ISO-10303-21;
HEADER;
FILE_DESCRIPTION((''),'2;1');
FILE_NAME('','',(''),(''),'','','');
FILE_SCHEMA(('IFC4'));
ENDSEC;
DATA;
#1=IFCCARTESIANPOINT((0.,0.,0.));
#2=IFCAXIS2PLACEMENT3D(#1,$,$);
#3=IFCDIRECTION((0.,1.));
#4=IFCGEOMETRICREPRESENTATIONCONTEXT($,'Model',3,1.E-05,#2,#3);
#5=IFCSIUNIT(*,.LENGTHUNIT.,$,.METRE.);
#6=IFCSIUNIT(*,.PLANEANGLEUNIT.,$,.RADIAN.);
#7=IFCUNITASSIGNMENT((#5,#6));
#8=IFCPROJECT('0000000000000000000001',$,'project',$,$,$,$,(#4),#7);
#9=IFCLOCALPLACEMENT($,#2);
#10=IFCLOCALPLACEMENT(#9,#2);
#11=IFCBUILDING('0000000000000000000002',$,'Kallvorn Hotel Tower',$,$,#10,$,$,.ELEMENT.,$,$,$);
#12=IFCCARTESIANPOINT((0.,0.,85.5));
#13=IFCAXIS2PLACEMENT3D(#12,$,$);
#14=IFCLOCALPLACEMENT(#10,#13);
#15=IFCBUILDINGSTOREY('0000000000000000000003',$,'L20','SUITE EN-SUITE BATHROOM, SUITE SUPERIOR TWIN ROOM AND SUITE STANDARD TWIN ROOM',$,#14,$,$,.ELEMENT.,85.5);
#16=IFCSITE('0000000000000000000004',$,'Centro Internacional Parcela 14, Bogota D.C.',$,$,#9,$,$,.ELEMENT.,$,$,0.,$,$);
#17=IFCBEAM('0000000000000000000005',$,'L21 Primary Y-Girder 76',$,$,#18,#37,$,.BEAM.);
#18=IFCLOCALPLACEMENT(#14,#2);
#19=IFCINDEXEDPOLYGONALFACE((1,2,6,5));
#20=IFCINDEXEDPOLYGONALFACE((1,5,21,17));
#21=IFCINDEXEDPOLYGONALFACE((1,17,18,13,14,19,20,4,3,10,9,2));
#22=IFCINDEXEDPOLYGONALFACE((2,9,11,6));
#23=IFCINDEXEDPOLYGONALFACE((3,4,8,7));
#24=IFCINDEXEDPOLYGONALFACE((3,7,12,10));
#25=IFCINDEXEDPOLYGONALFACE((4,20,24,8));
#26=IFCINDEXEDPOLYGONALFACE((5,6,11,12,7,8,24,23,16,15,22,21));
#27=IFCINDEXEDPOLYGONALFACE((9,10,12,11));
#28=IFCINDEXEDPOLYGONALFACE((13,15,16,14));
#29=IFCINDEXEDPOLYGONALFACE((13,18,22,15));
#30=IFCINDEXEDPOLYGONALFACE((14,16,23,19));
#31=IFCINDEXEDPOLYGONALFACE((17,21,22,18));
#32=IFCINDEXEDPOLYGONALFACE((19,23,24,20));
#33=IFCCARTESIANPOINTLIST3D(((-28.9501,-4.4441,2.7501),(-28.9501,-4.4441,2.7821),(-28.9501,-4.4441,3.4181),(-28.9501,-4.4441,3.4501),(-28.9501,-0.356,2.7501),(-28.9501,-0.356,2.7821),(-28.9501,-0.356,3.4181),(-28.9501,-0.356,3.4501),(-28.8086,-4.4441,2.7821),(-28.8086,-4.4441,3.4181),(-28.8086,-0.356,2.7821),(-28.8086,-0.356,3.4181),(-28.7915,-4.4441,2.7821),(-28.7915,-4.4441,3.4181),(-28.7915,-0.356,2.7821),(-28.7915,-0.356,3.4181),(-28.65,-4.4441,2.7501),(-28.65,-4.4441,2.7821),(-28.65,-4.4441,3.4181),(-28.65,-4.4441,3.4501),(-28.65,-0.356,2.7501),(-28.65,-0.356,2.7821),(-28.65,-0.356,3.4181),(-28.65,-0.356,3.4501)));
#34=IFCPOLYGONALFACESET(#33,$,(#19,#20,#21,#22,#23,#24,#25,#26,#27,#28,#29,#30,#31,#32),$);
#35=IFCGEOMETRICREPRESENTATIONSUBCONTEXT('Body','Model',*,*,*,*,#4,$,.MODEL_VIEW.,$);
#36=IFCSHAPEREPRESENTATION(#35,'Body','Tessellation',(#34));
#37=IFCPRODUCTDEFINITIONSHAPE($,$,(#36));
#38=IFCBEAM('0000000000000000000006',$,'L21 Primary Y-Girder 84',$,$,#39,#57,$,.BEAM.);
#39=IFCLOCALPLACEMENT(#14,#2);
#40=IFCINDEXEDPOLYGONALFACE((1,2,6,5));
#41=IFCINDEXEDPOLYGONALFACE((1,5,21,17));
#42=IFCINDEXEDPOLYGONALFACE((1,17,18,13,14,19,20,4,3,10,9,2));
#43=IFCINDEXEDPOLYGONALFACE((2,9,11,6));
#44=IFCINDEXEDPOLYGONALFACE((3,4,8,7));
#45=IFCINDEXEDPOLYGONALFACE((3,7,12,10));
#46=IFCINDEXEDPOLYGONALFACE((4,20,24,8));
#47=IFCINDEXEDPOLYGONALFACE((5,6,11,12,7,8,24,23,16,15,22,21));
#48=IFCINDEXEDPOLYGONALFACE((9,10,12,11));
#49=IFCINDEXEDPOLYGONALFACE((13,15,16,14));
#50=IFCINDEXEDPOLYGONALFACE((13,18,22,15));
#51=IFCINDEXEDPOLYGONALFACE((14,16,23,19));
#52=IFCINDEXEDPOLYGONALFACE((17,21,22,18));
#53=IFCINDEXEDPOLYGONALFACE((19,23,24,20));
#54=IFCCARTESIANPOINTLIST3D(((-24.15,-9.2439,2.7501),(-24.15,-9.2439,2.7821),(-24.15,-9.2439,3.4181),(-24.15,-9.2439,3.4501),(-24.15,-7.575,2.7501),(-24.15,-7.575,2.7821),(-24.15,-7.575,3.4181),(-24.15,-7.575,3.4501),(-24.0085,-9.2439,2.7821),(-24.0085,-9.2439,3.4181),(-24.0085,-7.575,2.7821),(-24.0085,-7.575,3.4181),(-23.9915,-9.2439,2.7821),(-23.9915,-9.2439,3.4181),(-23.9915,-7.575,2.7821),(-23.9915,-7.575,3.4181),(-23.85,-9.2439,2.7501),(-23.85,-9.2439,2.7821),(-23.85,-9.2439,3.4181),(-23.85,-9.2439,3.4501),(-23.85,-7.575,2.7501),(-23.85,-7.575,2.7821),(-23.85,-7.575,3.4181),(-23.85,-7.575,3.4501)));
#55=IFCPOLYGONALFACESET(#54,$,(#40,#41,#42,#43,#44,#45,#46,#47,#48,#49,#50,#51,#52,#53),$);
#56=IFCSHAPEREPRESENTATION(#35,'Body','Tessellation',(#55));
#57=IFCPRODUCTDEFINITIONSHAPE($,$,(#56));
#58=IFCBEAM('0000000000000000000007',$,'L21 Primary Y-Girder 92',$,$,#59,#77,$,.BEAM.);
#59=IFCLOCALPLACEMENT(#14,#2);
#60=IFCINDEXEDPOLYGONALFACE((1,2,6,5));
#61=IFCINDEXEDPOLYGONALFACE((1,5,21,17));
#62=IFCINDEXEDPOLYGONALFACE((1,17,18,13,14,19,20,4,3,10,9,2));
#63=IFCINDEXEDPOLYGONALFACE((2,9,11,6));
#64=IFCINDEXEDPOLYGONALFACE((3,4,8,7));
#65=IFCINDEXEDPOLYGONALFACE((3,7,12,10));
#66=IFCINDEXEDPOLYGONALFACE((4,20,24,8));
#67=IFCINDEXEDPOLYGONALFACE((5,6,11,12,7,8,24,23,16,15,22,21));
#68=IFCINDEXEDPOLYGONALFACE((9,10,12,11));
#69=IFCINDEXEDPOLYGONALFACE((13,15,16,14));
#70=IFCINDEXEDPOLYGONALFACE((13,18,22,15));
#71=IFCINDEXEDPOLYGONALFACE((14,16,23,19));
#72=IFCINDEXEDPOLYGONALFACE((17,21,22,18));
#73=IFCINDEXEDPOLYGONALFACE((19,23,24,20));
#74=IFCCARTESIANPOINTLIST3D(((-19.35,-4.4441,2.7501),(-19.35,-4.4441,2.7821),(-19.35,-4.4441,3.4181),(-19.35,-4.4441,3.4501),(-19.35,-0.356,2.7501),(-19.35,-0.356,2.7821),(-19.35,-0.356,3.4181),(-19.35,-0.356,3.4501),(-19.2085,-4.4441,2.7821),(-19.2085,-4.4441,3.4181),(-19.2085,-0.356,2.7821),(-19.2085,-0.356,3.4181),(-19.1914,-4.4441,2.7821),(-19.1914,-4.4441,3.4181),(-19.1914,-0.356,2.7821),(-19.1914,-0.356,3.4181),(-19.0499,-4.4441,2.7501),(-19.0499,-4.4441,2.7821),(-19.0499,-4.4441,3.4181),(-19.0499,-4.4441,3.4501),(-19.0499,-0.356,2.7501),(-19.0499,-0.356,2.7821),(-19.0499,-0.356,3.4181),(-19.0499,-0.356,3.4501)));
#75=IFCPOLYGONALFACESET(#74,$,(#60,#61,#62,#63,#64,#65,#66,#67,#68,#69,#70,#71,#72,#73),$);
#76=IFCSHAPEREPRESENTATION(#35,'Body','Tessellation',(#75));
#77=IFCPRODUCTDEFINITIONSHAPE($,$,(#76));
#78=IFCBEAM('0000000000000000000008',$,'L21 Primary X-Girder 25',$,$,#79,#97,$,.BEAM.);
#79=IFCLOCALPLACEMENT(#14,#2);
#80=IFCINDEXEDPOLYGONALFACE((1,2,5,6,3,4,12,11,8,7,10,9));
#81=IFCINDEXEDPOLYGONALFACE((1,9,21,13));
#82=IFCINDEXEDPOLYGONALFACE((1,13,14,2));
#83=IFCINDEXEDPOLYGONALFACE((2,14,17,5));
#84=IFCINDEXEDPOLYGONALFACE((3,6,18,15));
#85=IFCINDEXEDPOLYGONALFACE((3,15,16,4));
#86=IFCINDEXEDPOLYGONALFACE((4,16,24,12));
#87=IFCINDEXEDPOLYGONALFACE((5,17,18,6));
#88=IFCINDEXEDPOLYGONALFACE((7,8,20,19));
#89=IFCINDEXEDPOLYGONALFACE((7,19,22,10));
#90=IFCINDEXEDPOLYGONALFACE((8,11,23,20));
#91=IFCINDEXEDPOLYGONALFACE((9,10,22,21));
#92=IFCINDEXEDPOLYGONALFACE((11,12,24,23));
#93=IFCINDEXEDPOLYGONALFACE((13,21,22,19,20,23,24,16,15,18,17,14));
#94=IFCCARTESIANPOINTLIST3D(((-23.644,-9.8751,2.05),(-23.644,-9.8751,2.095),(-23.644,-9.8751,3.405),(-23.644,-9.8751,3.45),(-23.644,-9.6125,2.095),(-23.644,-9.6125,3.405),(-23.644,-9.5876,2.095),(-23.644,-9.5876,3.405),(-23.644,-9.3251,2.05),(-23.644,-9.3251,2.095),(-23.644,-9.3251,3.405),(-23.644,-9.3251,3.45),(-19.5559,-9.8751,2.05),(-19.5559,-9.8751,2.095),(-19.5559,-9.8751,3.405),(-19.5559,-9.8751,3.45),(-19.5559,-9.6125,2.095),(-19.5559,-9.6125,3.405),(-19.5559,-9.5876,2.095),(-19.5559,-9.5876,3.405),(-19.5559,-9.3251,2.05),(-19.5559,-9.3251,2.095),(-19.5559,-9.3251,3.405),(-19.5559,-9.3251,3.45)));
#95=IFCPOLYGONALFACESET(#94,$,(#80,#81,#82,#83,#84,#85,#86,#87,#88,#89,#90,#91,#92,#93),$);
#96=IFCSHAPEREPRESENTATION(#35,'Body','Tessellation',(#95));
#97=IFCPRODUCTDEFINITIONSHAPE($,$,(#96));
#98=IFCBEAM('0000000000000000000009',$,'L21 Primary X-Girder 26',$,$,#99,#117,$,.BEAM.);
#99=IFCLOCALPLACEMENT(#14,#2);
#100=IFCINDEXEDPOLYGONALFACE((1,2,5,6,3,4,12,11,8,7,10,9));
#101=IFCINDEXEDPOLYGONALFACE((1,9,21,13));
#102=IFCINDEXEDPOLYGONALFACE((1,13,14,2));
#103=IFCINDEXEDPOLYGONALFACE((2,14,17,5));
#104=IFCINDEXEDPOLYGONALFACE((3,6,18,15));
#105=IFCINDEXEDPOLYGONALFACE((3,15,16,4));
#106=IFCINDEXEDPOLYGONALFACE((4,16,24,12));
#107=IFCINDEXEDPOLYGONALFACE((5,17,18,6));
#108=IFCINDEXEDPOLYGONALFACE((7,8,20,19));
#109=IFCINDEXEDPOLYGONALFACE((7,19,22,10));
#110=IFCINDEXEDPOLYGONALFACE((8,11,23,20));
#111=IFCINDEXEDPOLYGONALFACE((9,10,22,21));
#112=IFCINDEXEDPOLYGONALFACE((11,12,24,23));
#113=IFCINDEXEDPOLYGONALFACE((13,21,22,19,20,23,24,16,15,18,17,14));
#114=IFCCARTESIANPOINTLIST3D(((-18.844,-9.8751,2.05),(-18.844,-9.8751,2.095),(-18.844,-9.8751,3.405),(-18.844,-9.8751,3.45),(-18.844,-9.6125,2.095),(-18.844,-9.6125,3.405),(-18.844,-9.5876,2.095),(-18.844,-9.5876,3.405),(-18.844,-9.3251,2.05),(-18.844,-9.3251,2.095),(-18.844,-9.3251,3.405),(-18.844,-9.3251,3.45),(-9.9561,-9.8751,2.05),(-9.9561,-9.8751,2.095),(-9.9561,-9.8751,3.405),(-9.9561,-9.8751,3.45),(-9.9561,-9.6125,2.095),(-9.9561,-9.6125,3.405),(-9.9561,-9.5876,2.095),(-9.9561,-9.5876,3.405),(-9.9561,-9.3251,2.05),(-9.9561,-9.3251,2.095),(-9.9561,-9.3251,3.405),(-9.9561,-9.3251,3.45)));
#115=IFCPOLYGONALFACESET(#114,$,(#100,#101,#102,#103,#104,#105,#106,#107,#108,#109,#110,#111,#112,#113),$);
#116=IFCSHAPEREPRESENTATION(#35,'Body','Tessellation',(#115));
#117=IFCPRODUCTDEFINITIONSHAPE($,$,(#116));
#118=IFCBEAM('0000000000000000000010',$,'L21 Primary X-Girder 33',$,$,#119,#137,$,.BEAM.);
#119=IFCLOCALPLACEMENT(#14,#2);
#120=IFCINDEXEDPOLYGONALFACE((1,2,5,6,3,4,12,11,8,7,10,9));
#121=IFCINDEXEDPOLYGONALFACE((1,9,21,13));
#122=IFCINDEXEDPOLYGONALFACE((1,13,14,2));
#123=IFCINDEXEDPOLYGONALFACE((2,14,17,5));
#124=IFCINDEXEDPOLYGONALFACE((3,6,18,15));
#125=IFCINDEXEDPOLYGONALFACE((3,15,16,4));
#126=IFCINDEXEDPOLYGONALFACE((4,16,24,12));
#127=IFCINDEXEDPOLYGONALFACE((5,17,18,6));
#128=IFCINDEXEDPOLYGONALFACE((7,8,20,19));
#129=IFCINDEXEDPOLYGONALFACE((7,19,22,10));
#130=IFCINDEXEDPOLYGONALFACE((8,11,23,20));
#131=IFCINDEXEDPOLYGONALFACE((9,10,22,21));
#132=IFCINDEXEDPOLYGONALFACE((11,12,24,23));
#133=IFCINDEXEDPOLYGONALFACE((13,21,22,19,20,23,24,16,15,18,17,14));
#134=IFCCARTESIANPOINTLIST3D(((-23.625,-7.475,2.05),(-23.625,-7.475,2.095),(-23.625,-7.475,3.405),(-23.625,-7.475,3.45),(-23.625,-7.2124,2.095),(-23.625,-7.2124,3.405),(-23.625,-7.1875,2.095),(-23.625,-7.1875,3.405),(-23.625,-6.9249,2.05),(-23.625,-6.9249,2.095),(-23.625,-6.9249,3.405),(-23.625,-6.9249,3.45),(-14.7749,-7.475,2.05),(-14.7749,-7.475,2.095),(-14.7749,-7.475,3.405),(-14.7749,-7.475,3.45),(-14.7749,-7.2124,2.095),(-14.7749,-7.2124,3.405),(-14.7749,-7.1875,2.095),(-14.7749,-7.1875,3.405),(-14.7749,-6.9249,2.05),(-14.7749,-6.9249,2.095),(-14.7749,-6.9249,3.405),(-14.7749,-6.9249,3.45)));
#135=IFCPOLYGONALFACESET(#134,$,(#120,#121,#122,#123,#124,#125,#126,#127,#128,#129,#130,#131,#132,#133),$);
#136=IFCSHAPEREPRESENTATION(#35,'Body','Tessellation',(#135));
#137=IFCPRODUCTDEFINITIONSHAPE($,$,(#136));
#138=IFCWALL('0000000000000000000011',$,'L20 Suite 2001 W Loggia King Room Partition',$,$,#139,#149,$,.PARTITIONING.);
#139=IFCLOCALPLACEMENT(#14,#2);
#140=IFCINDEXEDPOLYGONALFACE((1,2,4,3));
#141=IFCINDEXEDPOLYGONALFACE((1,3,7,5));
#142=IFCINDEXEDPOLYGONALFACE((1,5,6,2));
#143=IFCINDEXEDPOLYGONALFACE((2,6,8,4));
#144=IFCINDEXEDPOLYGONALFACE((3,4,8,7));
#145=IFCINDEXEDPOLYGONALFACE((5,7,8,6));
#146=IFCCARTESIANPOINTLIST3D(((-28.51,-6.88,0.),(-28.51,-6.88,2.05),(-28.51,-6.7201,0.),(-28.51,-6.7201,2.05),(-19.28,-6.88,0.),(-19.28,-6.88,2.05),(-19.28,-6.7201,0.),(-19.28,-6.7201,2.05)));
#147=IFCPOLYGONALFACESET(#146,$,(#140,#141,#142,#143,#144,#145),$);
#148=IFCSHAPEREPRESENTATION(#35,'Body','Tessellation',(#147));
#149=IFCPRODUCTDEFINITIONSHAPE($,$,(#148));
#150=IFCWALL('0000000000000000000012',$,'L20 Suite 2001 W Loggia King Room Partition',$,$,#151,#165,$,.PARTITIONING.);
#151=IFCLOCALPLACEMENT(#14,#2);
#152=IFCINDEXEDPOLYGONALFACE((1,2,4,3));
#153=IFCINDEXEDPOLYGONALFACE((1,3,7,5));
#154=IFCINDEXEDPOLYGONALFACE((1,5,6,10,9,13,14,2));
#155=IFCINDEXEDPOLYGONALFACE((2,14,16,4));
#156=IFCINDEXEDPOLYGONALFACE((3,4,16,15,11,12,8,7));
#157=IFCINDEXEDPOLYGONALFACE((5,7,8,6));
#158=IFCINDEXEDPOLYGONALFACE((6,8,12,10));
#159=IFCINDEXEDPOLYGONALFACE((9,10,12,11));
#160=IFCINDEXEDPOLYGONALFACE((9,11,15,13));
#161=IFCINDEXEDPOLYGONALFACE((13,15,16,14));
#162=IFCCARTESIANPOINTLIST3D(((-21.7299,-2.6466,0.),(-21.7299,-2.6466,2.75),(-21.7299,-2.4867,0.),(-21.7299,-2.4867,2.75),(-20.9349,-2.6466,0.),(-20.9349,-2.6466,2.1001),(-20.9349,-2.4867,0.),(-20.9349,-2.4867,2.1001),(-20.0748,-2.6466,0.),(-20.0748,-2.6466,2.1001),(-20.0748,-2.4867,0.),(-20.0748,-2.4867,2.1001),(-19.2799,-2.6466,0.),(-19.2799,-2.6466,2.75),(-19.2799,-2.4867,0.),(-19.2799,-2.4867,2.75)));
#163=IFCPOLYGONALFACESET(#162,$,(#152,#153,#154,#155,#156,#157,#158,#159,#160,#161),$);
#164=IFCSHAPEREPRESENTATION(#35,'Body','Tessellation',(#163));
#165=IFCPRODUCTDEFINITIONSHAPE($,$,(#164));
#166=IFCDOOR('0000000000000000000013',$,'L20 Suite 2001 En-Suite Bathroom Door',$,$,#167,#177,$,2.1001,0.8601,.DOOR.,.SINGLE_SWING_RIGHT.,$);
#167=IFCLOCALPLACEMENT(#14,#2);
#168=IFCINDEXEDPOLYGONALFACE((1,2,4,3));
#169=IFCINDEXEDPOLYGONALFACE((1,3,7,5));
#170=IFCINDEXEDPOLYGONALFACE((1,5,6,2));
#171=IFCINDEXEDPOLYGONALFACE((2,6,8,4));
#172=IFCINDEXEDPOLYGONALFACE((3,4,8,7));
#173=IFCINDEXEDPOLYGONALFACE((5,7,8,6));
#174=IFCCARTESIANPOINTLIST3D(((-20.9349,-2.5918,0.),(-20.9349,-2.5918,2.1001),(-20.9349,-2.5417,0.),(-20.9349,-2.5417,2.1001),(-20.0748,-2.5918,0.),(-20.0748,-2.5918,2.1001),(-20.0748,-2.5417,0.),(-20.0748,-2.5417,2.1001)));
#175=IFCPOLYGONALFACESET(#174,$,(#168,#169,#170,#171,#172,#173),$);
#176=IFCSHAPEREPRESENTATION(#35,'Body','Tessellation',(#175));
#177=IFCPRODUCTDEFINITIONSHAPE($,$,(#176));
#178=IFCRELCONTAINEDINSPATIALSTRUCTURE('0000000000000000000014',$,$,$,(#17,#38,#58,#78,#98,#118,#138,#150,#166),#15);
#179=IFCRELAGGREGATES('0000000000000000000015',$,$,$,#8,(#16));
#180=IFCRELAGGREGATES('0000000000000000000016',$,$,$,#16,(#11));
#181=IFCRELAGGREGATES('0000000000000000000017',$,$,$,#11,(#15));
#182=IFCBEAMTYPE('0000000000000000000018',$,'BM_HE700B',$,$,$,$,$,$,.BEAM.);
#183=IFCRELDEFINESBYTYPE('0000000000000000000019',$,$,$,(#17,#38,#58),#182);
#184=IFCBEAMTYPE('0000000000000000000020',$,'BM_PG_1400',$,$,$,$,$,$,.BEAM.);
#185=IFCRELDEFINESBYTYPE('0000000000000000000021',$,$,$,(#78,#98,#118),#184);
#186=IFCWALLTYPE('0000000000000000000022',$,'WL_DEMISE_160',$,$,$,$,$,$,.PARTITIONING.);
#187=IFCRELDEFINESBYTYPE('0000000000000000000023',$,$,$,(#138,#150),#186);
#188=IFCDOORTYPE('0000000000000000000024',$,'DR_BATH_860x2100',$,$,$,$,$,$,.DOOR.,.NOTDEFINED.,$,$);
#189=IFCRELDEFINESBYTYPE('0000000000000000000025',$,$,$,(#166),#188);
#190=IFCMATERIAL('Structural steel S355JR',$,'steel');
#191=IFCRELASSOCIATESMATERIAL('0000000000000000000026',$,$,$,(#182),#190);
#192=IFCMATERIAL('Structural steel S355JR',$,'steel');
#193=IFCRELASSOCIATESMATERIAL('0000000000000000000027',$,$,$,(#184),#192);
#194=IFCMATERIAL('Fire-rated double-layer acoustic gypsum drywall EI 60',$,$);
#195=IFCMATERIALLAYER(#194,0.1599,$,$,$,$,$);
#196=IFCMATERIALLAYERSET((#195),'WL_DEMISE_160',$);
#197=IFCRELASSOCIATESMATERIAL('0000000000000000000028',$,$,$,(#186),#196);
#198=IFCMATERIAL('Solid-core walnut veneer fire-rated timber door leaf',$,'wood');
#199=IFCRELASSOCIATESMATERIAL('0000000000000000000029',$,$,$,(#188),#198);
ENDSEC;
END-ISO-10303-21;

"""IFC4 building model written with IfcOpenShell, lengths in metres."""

from ifc_helpers import new_model, si_unit, direction, frame, frame_2d, origin, origin_2d, place, context, subcontext, project, spatial, rectangle, i_section, extrude, material, layer, layer_set, material_profile, profile_set, type_object, element, fill, save


model = new_model("IFC4")

# Units and contexts
model_context = context("Model", 3, precision=1e-05, world=origin(), true_north=direction((0.0, 1.0)))
body_context = subcontext(model_context, "Body", "Model", "MODEL_VIEW")
ifc_project = project(units=[si_unit("LENGTHUNIT", "METRE"), si_unit("PLANEANGLEUNIT", "RADIAN")], contexts=[model_context])

# Site, building, storey
site_placement = place(None, origin())
site = spatial("IfcSite", under=ifc_project, at=site_placement, Name="Centro Internacional Parcela 14, Bogota D.C.", CompositionType="ELEMENT", RefElevation=0.0)
building_placement = place(site_placement, origin())
building = spatial("IfcBuilding", under=site, at=building_placement, Name="Kallvorn Hotel Tower", CompositionType="ELEMENT")
storey_placement = place(building_placement, frame((0.0, 0.0, 85.5)))
storey = spatial("IfcBuildingStorey", under=building, at=storey_placement, Name="L20", Description="SUITE EN-SUITE BATHROOM, SUITE SUPERIOR TWIN ROOM AND SUITE STANDARD TWIN ROOM", CompositionType="ELEMENT", Elevation=85.5)

# Beams
ifc_material_1 = material(Name="Structural steel S355JR", Category="steel")
ifc_material_profile_1 = material_profile(ifc_material_1, i_section(OverallWidth=0.3, OverallDepth=0.7, WebThickness=0.0171, FlangeThickness=0.032, at=origin_2d()), Name="HE 700 B")
ifc_profile_set_1 = profile_set([ifc_material_profile_1], Name="Structural steel S355JR")
beam_type_1 = type_object("IfcBeamType", Name="BM_HE700B", PredefinedType="BEAM", material=ifc_profile_set_1)
beam_1_placement = place(storey_placement, frame((-28.8, -4.4441, 3.1001), z_axis=(0.0, 1.0, 0.0), x_axis=(-1.0, 0.0, 0.0)))
element("IfcBeam", 1, at=beam_1_placement, inside=storey, type_object=beam_type_1, Name="L21 Primary Y-Girder 76", PredefinedType="BEAM", context=body_context, shape_type="SweptSolid", body=[
    extrude(i_section(OverallWidth=0.3, OverallDepth=0.7, WebThickness=0.0171, FlangeThickness=0.032, at=origin_2d()), origin(), (0.0, 0.0, 1.0), 4.0881),
])
beam_2_placement = place(storey_placement, frame((-24.0, -9.2439, 3.1001), z_axis=(0.0, 1.0, 0.0), x_axis=(-1.0, 0.0, 0.0)))
element("IfcBeam", 2, at=beam_2_placement, inside=storey, type_object=beam_type_1, Name="L21 Primary Y-Girder 84", PredefinedType="BEAM", context=body_context, shape_type="SweptSolid", body=[
    extrude(i_section(OverallWidth=0.3, OverallDepth=0.7, WebThickness=0.0171, FlangeThickness=0.032, at=origin_2d()), origin(), (0.0, 0.0, 1.0), 1.6689),
])
beam_3_placement = place(storey_placement, frame((-19.2, -4.4441, 3.1001), z_axis=(0.0, 1.0, 0.0), x_axis=(-1.0, 0.0, 0.0)))
element("IfcBeam", 3, at=beam_3_placement, inside=storey, type_object=beam_type_1, Name="L21 Primary Y-Girder 92", PredefinedType="BEAM", context=body_context, shape_type="SweptSolid", body=[
    extrude(i_section(OverallWidth=0.3, OverallDepth=0.7, WebThickness=0.0171, FlangeThickness=0.032, at=origin_2d()), origin(), (0.0, 0.0, 1.0), 4.0881),
])
ifc_material_2 = material(Name="Structural steel S355JR", Category="steel")
ifc_material_profile_2 = material_profile(ifc_material_2, i_section(OverallWidth=0.55, OverallDepth=1.3999, WebThickness=0.0249, FlangeThickness=0.0449, at=origin_2d()), Name="PG 1400x550x25x45")
ifc_profile_set_2 = profile_set([ifc_material_profile_2], Name="Structural steel S355JR")
beam_type_2 = type_object("IfcBeamType", Name="BM_PG_1400", PredefinedType="BEAM", material=ifc_profile_set_2)
beam_4_placement = place(storey_placement, frame((-23.644, -9.6001, 2.75), z_axis=(1.0, 0.0, 0.0), x_axis=(0.0, 1.0, 0.0)))
element("IfcBeam", 4, at=beam_4_placement, inside=storey, type_object=beam_type_2, Name="L21 Primary X-Girder 25", PredefinedType="BEAM", context=body_context, shape_type="SweptSolid", body=[
    extrude(i_section(OverallWidth=0.55, OverallDepth=1.3999, WebThickness=0.0249, FlangeThickness=0.0449, at=origin_2d()), origin(), (0.0, 0.0, 1.0), 4.0881),
])
beam_5_placement = place(storey_placement, frame((-18.844, -9.6001, 2.75), z_axis=(1.0, 0.0, 0.0), x_axis=(0.0, 1.0, 0.0)))
element("IfcBeam", 5, at=beam_5_placement, inside=storey, type_object=beam_type_2, Name="L21 Primary X-Girder 26", PredefinedType="BEAM", context=body_context, shape_type="SweptSolid", body=[
    extrude(i_section(OverallWidth=0.55, OverallDepth=1.3999, WebThickness=0.0249, FlangeThickness=0.0449, at=origin_2d()), origin(), (0.0, 0.0, 1.0), 8.8879),
])
beam_6_placement = place(storey_placement, frame((-23.625, -7.2, 2.75), z_axis=(1.0, 0.0, 0.0), x_axis=(0.0, 1.0, 0.0)))
element("IfcBeam", 6, at=beam_6_placement, inside=storey, type_object=beam_type_2, Name="L21 Primary X-Girder 33", PredefinedType="BEAM", context=body_context, shape_type="SweptSolid", body=[
    extrude(i_section(OverallWidth=0.55, OverallDepth=1.3999, WebThickness=0.0249, FlangeThickness=0.0449, at=origin_2d()), origin(), (0.0, 0.0, 1.0), 8.8501),
])

# Wall
ifc_material_3 = material(Name="Fire-rated double-layer acoustic gypsum drywall EI 60")
ifc_layer = layer(ifc_material_3, 0.1599)
ifc_layer_set = layer_set([ifc_layer], Name="WL_DEMISE_160")
wall_type = type_object("IfcWallType", Name="WL_DEMISE_160", PredefinedType="PARTITIONING", material=ifc_layer_set)
wall_1_placement = place(storey_placement, frame((-28.51, -6.8, 0.0), z_axis=(0.0, 0.0, 1.0), x_axis=(1.0, 0.0, 0.0)))
element("IfcWall", 7, at=wall_1_placement, inside=storey, type_object=wall_type, Name="L20 Suite 2001 W Loggia King Room Partition", PredefinedType="PARTITIONING", context=body_context, shape_type="SweptSolid", body=[
    extrude(rectangle(XDim=9.23, YDim=0.1599, at=frame_2d((4.615, 0.0))), origin(), (0.0, 0.0, 1.0), 2.05),
])

# Wall, opening, door
wall_2_placement = place(storey_placement, frame((-21.73, -2.5667, 0.0), z_axis=(0.0, 0.0, 1.0), x_axis=(1.0, 0.0, 0.0)))
wall_2 = element("IfcWall", 8, at=wall_2_placement, inside=storey, type_object=wall_type, Name="L20 Suite 2001 W Loggia King Room Partition", PredefinedType="PARTITIONING", context=body_context, shape_type="SweptSolid", body=[
    extrude(rectangle(XDim=2.45, YDim=0.1599, at=frame_2d((1.2251, 0.0))), origin(), (0.0, 0.0, 1.0), 2.75),
])
opening_1_placement = place(wall_2_placement, frame((0.7949, 0.0, 0.0)))
opening_1 = element("IfcOpeningElement", 9, at=opening_1_placement, cuts=wall_2, PredefinedType="OPENING", context=body_context, shape_type="SweptSolid", body=[
    extrude(rectangle(XDim=0.8601, YDim=2.1001, at=frame_2d((0.4302, 1.05))), frame((0.0, 0.095, 0.0), z_axis=(0.0, -1.0, 0.0), x_axis=(1.0, 0.0, 0.0)), (0.0, 0.0, 1.0), 0.1899),
])
ifc_material_4 = material(Name="Solid-core walnut veneer fire-rated timber door leaf", Category="wood")
door_type_1 = type_object("IfcDoorType", Name="DR_BATH_860x2100", OperationType="NOTDEFINED", PredefinedType="DOOR", material=ifc_material_4)
door_1_placement = place(opening_1_placement, origin())
door_1 = element("IfcDoor", 10, at=door_1_placement, inside=storey, type_object=door_type_1, Name="L20 Suite 2001 En-Suite Bathroom Door", OperationType="SINGLE_SWING_RIGHT", OverallHeight=2.1001, OverallWidth=0.8601, PredefinedType="DOOR", context=body_context, shape_type="SweptSolid", body=[
    extrude(rectangle(XDim=0.8601, YDim=2.1001, at=frame_2d((0.4302, 1.05))), frame((0.0, 0.0249, 0.0), z_axis=(0.0, -1.0, 0.0), x_axis=(1.0, 0.0, 0.0)), (0.0, 0.0, 1.0), 0.05),
])
fill(opening_1, door_1)

save(model, "model.ifc")
